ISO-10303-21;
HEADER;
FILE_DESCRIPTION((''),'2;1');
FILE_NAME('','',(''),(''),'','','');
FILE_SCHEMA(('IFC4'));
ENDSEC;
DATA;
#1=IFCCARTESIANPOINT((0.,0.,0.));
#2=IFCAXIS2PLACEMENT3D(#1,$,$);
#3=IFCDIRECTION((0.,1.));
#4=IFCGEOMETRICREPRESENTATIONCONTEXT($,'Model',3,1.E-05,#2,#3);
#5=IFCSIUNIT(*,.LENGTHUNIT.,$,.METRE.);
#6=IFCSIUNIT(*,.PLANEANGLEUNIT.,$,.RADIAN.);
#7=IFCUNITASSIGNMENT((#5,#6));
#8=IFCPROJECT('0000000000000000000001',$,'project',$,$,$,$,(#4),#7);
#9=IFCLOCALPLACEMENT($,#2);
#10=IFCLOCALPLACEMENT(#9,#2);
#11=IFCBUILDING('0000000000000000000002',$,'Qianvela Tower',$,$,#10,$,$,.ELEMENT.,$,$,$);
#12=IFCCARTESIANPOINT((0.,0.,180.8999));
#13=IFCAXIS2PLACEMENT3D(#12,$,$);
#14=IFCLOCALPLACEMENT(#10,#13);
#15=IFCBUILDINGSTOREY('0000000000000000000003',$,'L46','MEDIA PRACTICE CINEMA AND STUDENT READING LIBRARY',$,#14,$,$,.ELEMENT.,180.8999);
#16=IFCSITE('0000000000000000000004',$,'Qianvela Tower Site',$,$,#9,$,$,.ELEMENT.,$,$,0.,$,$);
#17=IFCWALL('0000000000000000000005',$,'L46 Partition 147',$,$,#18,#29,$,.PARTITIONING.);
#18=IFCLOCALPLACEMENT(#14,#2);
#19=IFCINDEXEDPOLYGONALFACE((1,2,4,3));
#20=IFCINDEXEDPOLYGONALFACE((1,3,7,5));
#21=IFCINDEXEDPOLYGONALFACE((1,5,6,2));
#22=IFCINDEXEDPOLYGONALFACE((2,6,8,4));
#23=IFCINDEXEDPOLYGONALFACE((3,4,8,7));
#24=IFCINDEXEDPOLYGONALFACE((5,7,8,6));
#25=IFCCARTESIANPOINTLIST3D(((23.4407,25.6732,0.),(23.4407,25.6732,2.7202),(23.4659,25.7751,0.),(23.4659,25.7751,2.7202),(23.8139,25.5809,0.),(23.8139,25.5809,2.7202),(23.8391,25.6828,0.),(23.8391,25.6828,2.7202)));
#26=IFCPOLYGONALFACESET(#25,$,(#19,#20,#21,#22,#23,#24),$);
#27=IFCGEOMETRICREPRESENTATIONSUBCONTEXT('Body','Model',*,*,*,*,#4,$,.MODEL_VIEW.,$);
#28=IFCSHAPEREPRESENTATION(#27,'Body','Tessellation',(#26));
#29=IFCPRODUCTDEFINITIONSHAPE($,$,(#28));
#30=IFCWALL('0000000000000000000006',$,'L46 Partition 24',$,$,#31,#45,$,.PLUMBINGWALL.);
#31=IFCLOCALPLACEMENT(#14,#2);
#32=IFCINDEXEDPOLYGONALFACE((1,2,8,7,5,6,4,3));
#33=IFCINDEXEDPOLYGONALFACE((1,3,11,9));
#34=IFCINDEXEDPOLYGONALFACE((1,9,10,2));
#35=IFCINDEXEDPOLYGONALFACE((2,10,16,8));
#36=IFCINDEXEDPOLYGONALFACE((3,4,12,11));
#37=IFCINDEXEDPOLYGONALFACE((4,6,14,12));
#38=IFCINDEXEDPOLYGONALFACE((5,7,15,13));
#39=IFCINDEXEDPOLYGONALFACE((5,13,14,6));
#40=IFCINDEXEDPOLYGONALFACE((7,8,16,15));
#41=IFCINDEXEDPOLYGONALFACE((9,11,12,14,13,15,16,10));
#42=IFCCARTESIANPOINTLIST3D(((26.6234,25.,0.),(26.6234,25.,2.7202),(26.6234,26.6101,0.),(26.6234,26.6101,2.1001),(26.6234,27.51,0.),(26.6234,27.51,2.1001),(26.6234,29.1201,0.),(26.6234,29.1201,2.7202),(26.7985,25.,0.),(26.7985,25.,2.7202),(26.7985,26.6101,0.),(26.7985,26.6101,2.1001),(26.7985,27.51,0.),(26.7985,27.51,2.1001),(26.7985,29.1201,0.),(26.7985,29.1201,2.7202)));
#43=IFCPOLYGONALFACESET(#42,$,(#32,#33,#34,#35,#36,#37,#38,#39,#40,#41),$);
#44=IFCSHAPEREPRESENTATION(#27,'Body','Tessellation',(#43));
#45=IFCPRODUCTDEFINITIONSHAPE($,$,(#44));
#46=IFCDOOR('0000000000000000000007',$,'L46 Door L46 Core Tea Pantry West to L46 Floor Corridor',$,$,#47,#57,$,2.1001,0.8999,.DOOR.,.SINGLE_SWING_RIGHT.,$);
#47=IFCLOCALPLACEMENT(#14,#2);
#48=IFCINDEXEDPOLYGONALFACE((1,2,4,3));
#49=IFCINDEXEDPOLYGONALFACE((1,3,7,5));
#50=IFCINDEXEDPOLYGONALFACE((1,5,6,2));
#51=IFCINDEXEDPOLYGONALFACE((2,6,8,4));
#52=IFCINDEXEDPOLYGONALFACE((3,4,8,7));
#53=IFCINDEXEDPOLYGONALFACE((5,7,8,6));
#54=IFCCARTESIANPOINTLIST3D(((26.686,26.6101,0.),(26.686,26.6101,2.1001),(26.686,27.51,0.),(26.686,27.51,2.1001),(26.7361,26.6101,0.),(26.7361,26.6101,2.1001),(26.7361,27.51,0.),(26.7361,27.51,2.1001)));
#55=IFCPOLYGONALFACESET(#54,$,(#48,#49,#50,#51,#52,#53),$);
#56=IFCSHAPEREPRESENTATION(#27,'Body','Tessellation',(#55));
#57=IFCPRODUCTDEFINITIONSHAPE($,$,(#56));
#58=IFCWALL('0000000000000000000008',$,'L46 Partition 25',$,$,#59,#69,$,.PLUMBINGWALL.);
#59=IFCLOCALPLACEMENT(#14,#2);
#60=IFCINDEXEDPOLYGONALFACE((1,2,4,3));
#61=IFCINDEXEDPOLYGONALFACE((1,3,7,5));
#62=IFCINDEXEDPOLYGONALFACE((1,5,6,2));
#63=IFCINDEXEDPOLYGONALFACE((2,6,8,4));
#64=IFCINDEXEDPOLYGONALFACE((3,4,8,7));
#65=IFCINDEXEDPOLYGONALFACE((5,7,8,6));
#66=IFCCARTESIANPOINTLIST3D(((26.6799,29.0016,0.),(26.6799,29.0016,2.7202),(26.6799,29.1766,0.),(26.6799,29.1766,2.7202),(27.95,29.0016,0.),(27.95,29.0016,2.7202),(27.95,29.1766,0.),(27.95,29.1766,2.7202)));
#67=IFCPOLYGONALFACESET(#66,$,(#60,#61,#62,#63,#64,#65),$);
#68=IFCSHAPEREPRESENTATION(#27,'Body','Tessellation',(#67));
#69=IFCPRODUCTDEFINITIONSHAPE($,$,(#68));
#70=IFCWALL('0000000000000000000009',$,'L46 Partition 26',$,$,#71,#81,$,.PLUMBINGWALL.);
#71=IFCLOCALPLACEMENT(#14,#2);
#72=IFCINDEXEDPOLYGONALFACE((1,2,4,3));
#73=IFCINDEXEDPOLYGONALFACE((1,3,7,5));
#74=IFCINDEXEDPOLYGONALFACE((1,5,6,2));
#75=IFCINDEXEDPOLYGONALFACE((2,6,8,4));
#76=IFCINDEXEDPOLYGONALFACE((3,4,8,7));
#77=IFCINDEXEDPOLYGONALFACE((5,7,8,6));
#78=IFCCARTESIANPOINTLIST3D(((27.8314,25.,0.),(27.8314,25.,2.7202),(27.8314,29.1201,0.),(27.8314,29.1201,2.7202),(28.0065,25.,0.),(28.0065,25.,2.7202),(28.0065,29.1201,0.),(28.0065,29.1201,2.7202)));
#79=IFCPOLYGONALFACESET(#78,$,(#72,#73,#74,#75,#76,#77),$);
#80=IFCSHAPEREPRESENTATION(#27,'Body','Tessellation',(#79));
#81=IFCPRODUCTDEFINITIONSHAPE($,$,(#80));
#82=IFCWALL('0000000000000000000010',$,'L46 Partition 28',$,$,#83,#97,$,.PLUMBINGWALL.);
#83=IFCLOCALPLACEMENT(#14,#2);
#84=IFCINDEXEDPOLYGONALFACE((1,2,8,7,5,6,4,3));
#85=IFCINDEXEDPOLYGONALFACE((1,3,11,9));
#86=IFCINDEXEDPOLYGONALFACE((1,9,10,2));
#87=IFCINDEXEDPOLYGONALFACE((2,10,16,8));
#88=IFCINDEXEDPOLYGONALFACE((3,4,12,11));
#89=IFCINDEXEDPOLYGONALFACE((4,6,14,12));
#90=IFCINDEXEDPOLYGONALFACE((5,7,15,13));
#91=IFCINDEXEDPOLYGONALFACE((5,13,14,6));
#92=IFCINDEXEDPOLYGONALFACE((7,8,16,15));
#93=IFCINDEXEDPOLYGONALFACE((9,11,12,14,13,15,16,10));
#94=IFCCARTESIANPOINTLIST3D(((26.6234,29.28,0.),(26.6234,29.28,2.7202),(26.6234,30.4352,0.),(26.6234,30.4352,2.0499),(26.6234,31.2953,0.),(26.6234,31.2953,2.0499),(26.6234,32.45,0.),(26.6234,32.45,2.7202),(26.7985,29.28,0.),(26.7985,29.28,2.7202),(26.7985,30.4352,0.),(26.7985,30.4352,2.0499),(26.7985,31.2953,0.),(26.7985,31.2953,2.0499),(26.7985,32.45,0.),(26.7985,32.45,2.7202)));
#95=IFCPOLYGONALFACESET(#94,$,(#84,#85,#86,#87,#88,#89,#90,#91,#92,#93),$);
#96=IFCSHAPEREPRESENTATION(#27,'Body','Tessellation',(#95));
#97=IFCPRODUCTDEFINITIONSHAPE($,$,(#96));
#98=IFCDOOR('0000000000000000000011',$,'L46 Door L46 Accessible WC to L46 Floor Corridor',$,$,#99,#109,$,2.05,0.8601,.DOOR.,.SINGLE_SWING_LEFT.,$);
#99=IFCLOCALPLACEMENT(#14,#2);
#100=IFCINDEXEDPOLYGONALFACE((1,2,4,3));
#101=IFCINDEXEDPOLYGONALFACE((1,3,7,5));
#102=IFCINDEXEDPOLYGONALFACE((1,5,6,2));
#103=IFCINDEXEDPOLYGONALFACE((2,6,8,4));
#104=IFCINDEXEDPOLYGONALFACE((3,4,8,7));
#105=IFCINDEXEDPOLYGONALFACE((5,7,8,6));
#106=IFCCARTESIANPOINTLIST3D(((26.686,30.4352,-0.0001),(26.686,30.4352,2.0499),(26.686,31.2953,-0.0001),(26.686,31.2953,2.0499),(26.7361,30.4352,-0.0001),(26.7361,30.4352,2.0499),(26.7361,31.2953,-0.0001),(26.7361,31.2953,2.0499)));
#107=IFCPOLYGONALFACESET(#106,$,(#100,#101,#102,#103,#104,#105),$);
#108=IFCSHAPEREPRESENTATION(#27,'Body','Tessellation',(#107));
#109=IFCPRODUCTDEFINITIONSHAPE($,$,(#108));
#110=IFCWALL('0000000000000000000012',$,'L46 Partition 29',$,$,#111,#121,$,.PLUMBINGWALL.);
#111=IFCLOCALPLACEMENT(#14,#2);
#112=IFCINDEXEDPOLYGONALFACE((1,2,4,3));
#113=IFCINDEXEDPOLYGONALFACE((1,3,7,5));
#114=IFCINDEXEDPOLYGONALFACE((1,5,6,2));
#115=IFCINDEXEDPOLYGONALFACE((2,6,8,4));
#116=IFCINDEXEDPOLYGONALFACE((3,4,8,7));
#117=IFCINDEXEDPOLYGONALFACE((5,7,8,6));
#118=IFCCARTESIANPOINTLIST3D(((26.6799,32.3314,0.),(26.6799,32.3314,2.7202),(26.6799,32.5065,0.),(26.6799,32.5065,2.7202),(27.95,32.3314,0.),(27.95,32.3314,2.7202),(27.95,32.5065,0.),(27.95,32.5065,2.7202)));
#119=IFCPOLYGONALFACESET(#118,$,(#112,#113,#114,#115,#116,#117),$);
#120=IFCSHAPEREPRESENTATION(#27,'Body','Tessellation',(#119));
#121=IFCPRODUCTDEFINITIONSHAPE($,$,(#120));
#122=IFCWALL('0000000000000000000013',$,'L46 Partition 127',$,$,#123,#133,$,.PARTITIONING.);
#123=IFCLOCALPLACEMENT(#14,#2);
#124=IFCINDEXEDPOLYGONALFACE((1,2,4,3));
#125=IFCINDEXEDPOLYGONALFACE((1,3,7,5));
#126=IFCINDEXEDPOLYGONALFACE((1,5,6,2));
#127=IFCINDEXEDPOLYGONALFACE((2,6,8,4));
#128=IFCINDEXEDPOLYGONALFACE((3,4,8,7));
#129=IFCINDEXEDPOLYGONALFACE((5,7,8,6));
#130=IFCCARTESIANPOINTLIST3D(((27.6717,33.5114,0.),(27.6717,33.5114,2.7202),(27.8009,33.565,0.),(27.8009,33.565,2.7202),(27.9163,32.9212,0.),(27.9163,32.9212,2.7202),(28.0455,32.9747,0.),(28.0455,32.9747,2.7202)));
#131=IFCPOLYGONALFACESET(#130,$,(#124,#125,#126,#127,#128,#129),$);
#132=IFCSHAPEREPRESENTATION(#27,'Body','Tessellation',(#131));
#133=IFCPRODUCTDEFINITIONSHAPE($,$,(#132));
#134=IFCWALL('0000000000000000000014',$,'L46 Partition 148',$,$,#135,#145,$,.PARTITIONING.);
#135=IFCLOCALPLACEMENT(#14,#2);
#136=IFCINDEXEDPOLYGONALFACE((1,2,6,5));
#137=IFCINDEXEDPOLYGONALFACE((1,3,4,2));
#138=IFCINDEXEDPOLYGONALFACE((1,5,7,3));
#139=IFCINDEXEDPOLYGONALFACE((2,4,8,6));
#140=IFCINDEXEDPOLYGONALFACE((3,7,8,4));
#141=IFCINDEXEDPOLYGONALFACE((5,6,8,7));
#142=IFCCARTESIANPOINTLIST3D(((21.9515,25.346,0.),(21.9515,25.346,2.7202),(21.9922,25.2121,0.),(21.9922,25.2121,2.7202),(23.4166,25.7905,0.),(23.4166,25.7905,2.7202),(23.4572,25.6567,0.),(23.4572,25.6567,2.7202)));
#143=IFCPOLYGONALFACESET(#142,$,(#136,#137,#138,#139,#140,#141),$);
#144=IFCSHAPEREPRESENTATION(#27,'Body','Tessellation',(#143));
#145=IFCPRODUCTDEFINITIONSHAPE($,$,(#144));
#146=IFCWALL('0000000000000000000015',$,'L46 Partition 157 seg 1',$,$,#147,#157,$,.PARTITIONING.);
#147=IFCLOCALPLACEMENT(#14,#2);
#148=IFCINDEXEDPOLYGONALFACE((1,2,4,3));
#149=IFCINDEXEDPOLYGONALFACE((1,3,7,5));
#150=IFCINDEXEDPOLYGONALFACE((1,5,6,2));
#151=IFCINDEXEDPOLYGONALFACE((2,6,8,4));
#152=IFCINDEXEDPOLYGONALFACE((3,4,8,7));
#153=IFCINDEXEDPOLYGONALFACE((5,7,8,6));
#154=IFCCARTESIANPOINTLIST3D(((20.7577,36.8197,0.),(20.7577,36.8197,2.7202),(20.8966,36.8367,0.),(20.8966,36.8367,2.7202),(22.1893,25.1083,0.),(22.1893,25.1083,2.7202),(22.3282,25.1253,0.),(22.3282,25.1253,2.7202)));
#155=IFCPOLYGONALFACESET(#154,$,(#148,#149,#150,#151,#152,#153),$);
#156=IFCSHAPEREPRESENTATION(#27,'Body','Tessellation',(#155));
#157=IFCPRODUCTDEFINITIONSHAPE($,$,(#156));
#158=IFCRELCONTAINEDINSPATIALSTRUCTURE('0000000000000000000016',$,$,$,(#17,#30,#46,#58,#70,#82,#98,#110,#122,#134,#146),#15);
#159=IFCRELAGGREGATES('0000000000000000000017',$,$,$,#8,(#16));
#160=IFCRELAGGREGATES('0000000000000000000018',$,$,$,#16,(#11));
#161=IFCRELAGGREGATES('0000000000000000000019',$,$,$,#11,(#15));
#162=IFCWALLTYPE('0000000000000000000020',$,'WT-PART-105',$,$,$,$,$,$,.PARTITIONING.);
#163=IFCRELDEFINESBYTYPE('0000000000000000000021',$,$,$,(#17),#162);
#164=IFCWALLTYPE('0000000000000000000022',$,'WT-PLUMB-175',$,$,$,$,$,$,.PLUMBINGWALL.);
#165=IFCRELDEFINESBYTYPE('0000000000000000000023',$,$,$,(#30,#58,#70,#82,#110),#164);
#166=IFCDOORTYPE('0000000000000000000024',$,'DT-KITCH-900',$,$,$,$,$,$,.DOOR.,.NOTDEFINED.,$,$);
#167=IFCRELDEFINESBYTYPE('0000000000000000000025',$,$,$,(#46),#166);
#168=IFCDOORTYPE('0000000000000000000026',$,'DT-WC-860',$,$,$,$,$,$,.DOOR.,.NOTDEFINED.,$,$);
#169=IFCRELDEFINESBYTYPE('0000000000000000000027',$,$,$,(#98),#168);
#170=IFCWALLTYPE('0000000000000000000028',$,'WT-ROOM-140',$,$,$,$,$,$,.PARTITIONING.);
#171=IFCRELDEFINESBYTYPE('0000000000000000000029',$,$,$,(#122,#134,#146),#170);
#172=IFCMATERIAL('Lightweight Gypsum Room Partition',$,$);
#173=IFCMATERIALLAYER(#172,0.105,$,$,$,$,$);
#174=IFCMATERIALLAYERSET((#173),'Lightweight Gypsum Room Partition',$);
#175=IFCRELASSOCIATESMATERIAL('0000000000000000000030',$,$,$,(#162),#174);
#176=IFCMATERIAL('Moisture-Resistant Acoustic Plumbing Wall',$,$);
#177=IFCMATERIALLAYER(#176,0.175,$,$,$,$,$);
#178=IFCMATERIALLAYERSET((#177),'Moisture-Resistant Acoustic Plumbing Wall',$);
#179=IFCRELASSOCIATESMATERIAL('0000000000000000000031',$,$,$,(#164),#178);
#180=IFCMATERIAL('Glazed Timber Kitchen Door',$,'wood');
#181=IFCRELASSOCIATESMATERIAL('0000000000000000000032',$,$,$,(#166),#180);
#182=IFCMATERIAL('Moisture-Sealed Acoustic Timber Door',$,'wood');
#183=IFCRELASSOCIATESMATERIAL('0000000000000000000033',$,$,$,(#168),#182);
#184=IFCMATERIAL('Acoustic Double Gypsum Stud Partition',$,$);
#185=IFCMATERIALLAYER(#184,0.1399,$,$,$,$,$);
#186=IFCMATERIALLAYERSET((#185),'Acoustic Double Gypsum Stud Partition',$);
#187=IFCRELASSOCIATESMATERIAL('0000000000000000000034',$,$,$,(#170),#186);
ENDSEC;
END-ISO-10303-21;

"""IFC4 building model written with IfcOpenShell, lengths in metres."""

from ifc_helpers import new_model, si_unit, direction, frame, frame_2d, origin, place, context, subcontext, project, spatial, rectangle, extrude, material, layer, layer_set, type_object, element, fill, save


model = new_model("IFC4")

# Units and contexts
model_context = context("Model", 3, precision=1e-05, world=origin(), true_north=direction((0.0, 1.0)))
body_context = subcontext(model_context, "Body", "Model", "MODEL_VIEW")
ifc_project = project(units=[si_unit("LENGTHUNIT", "METRE"), si_unit("PLANEANGLEUNIT", "RADIAN")], contexts=[model_context])

# Site, building, storey
site_placement = place(None, origin())
site = spatial("IfcSite", under=ifc_project, at=site_placement, Name="Qianvela Tower Site", CompositionType="ELEMENT", RefElevation=0.0)
building_placement = place(site_placement, origin())
building = spatial("IfcBuilding", under=site, at=building_placement, Name="Qianvela Tower", CompositionType="ELEMENT")
storey_placement = place(building_placement, frame((0.0, 0.0, 180.8999)))
storey = spatial("IfcBuildingStorey", under=building, at=storey_placement, Name="L46", Description="MEDIA PRACTICE CINEMA AND STUDENT READING LIBRARY", CompositionType="ELEMENT", Elevation=180.8999)

# Wall
ifc_material_1 = material(Name="Lightweight Gypsum Room Partition")
ifc_layer_1 = layer(ifc_material_1, 0.105)
ifc_layer_set_1 = layer_set([ifc_layer_1], Name="Lightweight Gypsum Room Partition")
wall_type_1 = type_object("IfcWallType", Name="WT-PART-105", PredefinedType="PARTITIONING", material=ifc_layer_set_1)
wall_1_placement = place(storey_placement, frame((23.8267, 25.6318, 0.0), z_axis=(0.0, 0.0, 1.0), x_axis=(-0.970774, 0.239995, 0.0)))
element("IfcWall", 1, at=wall_1_placement, inside=storey, type_object=wall_type_1, Name="L46 Partition 147", PredefinedType="PARTITIONING", context=body_context, shape_type="SweptSolid", body=[
    extrude(rectangle(XDim=0.3845, YDim=0.105, at=frame_2d((0.1924, 0.0))), origin(), (0.0, 0.0, 1.0), 2.7202),
])

# Wall, opening, door
ifc_material_2 = material(Name="Moisture-Resistant Acoustic Plumbing Wall")
ifc_layer_2 = layer(ifc_material_2, 0.175)
ifc_layer_set_2 = layer_set([ifc_layer_2], Name="Moisture-Resistant Acoustic Plumbing Wall")
wall_type_2 = type_object("IfcWallType", Name="WT-PLUMB-175", PredefinedType="PLUMBINGWALL", material=ifc_layer_set_2)
wall_2_placement = place(storey_placement, frame((26.7109, 25.0, 0.0), z_axis=(0.0, 0.0, 1.0), x_axis=(0.0, 1.0, 0.0)))
wall_2 = element("IfcWall", 2, at=wall_2_placement, inside=storey, type_object=wall_type_2, Name="L46 Partition 24", PredefinedType="PLUMBINGWALL", context=body_context, shape_type="SweptSolid", body=[
    extrude(rectangle(XDim=4.1201, YDim=0.175, at=frame_2d((2.0601, 0.0))), origin(), (0.0, 0.0, 1.0), 2.7202),
])
opening_1_placement = place(wall_2_placement, frame((1.6101, 0.0, 0.0)))
opening_1 = element("IfcOpeningElement", 3, at=opening_1_placement, cuts=wall_2, PredefinedType="OPENING", context=body_context, shape_type="SweptSolid", body=[
    extrude(rectangle(XDim=0.8999, YDim=2.1001, at=frame_2d((0.45, 1.05))), frame((0.0, 0.0974, 0.0), z_axis=(0.0, -1.0, 0.0), x_axis=(1.0, 0.0, 0.0)), (0.0, 0.0, 1.0), 0.1951),
])
ifc_material_3 = material(Name="Glazed Timber Kitchen Door", Category="wood")
door_type_1 = type_object("IfcDoorType", Name="DT-KITCH-900", OperationType="NOTDEFINED", PredefinedType="DOOR", material=ifc_material_3)
door_1_placement = place(opening_1_placement, origin())
door_1 = element("IfcDoor", 4, at=door_1_placement, inside=storey, type_object=door_type_1, Name="L46 Door L46 Core Tea Pantry West to L46 Floor Corridor", OperationType="SINGLE_SWING_RIGHT", OverallHeight=2.1001, OverallWidth=0.8999, PredefinedType="DOOR", context=body_context, shape_type="SweptSolid", body=[
    extrude(rectangle(XDim=0.8999, YDim=2.1001, at=frame_2d((0.45, 1.05))), frame((0.0, 0.0249, 0.0), z_axis=(0.0, -1.0, 0.0), x_axis=(1.0, 0.0, 0.0)), (0.0, 0.0, 1.0), 0.05),
])
fill(opening_1, door_1)

# Walls
wall_3_placement = place(storey_placement, frame((26.6799, 29.0891, 0.0), z_axis=(0.0, 0.0, 1.0), x_axis=(1.0, 0.0, 0.0)))
element("IfcWall", 5, at=wall_3_placement, inside=storey, type_object=wall_type_2, Name="L46 Partition 25", PredefinedType="PLUMBINGWALL", context=body_context, shape_type="SweptSolid", body=[
    extrude(rectangle(XDim=1.27, YDim=0.175, at=frame_2d((0.635, 0.0))), origin(), (0.0, 0.0, 1.0), 2.7202),
])
wall_4_placement = place(storey_placement, frame((27.9189, 29.1201, 0.0), z_axis=(0.0, 0.0, 1.0), x_axis=(0.0, -1.0, 0.0)))
element("IfcWall", 6, at=wall_4_placement, inside=storey, type_object=wall_type_2, Name="L46 Partition 26", PredefinedType="PLUMBINGWALL", context=body_context, shape_type="SweptSolid", body=[
    extrude(rectangle(XDim=4.1201, YDim=0.175, at=frame_2d((2.0601, 0.0))), origin(), (0.0, 0.0, 1.0), 2.7202),
])

# Wall, opening, door
wall_5_placement = place(storey_placement, frame((26.7109, 29.28, 0.0), z_axis=(0.0, 0.0, 1.0), x_axis=(0.0, 1.0, 0.0)))
wall_5 = element("IfcWall", 7, at=wall_5_placement, inside=storey, type_object=wall_type_2, Name="L46 Partition 28", PredefinedType="PLUMBINGWALL", context=body_context, shape_type="SweptSolid", body=[
    extrude(rectangle(XDim=3.1699, YDim=0.175, at=frame_2d((1.585, 0.0))), origin(), (0.0, 0.0, 1.0), 2.7202),
])
opening_2_placement = place(wall_5_placement, frame((1.155, 0.0, 0.0)))
opening_2 = element("IfcOpeningElement", 8, at=opening_2_placement, cuts=wall_5, PredefinedType="OPENING", context=body_context, shape_type="SweptSolid", body=[
    extrude(rectangle(XDim=0.8601, YDim=2.05, at=frame_2d((0.4302, 1.0249))), frame((0.0, 0.0974, 0.0), z_axis=(0.0, -1.0, 0.0), x_axis=(1.0, 0.0, 0.0)), (0.0, 0.0, 1.0), 0.1951),
])
ifc_material_4 = material(Name="Moisture-Sealed Acoustic Timber Door", Category="wood")
door_type_2 = type_object("IfcDoorType", Name="DT-WC-860", OperationType="NOTDEFINED", PredefinedType="DOOR", material=ifc_material_4)
door_2_placement = place(opening_2_placement, origin())
door_2 = element("IfcDoor", 9, at=door_2_placement, inside=storey, type_object=door_type_2, Name="L46 Door L46 Accessible WC to L46 Floor Corridor", OperationType="SINGLE_SWING_LEFT", OverallHeight=2.05, OverallWidth=0.8601, PredefinedType="DOOR", context=body_context, shape_type="SweptSolid", body=[
    extrude(rectangle(XDim=0.8601, YDim=2.05, at=frame_2d((0.4302, 1.0249))), frame((0.0, 0.0249, 0.0), z_axis=(0.0, -1.0, 0.0), x_axis=(1.0, 0.0, 0.0)), (0.0, 0.0, 1.0), 0.05),
])
fill(opening_2, door_2)

# Walls
wall_6_placement = place(storey_placement, frame((26.6799, 32.4189, 0.0), z_axis=(0.0, 0.0, 1.0), x_axis=(1.0, 0.0, 0.0)))
element("IfcWall", 10, at=wall_6_placement, inside=storey, type_object=wall_type_2, Name="L46 Partition 29", PredefinedType="PLUMBINGWALL", context=body_context, shape_type="SweptSolid", body=[
    extrude(rectangle(XDim=1.27, YDim=0.175, at=frame_2d((0.635, 0.0))), origin(), (0.0, 0.0, 1.0), 2.7202),
])
ifc_material_5 = material(Name="Acoustic Double Gypsum Stud Partition")
ifc_layer_3 = layer(ifc_material_5, 0.1399)
ifc_layer_set_3 = layer_set([ifc_layer_3], Name="Acoustic Double Gypsum Stud Partition")
wall_type_3 = type_object("IfcWallType", Name="WT-ROOM-140", PredefinedType="PARTITIONING", material=ifc_layer_set_3)
wall_7_placement = place(storey_placement, frame((27.7363, 33.5381, 0.0), z_axis=(0.0, 0.0, 1.0), x_axis=(0.382824, -0.923821, 0.0)))
element("IfcWall", 11, at=wall_7_placement, inside=storey, type_object=wall_type_3, Name="L46 Partition 127", PredefinedType="PARTITIONING", context=body_context, shape_type="SweptSolid", body=[
    extrude(rectangle(XDim=0.6389, YDim=0.1399, at=frame_2d((0.3193, 0.0))), origin(), (0.0, 0.0, 1.0), 2.7202),
])
wall_8_placement = place(storey_placement, frame((23.437, 25.7236, 0.0), z_axis=(0.0, 0.0, 1.0), x_axis=(-0.956913, -0.290375, 0.0)))
element("IfcWall", 12, at=wall_8_placement, inside=storey, type_object=wall_type_3, Name="L46 Partition 148", PredefinedType="PARTITIONING", context=body_context, shape_type="SweptSolid", body=[
    extrude(rectangle(XDim=1.531, YDim=0.1399, at=frame_2d((0.7656, 0.0))), origin(), (0.0, 0.0, 1.0), 2.7202),
])
wall_9_placement = place(storey_placement, frame((22.2588, 25.1167, 0.0), z_axis=(0.0, 0.0, 1.0), x_axis=(-0.12134, 0.992611, 0.0)))
element("IfcWall", 13, at=wall_9_placement, inside=storey, type_object=wall_type_3, Name="L46 Partition 157 seg 1", PredefinedType="PARTITIONING", context=body_context, shape_type="SweptSolid", body=[
    extrude(rectangle(XDim=11.7986, YDim=0.1399, at=frame_2d((5.8994, 0.0))), origin(), (0.0, 0.0, 1.0), 2.7202),
])

save(model, "model.ifc")
